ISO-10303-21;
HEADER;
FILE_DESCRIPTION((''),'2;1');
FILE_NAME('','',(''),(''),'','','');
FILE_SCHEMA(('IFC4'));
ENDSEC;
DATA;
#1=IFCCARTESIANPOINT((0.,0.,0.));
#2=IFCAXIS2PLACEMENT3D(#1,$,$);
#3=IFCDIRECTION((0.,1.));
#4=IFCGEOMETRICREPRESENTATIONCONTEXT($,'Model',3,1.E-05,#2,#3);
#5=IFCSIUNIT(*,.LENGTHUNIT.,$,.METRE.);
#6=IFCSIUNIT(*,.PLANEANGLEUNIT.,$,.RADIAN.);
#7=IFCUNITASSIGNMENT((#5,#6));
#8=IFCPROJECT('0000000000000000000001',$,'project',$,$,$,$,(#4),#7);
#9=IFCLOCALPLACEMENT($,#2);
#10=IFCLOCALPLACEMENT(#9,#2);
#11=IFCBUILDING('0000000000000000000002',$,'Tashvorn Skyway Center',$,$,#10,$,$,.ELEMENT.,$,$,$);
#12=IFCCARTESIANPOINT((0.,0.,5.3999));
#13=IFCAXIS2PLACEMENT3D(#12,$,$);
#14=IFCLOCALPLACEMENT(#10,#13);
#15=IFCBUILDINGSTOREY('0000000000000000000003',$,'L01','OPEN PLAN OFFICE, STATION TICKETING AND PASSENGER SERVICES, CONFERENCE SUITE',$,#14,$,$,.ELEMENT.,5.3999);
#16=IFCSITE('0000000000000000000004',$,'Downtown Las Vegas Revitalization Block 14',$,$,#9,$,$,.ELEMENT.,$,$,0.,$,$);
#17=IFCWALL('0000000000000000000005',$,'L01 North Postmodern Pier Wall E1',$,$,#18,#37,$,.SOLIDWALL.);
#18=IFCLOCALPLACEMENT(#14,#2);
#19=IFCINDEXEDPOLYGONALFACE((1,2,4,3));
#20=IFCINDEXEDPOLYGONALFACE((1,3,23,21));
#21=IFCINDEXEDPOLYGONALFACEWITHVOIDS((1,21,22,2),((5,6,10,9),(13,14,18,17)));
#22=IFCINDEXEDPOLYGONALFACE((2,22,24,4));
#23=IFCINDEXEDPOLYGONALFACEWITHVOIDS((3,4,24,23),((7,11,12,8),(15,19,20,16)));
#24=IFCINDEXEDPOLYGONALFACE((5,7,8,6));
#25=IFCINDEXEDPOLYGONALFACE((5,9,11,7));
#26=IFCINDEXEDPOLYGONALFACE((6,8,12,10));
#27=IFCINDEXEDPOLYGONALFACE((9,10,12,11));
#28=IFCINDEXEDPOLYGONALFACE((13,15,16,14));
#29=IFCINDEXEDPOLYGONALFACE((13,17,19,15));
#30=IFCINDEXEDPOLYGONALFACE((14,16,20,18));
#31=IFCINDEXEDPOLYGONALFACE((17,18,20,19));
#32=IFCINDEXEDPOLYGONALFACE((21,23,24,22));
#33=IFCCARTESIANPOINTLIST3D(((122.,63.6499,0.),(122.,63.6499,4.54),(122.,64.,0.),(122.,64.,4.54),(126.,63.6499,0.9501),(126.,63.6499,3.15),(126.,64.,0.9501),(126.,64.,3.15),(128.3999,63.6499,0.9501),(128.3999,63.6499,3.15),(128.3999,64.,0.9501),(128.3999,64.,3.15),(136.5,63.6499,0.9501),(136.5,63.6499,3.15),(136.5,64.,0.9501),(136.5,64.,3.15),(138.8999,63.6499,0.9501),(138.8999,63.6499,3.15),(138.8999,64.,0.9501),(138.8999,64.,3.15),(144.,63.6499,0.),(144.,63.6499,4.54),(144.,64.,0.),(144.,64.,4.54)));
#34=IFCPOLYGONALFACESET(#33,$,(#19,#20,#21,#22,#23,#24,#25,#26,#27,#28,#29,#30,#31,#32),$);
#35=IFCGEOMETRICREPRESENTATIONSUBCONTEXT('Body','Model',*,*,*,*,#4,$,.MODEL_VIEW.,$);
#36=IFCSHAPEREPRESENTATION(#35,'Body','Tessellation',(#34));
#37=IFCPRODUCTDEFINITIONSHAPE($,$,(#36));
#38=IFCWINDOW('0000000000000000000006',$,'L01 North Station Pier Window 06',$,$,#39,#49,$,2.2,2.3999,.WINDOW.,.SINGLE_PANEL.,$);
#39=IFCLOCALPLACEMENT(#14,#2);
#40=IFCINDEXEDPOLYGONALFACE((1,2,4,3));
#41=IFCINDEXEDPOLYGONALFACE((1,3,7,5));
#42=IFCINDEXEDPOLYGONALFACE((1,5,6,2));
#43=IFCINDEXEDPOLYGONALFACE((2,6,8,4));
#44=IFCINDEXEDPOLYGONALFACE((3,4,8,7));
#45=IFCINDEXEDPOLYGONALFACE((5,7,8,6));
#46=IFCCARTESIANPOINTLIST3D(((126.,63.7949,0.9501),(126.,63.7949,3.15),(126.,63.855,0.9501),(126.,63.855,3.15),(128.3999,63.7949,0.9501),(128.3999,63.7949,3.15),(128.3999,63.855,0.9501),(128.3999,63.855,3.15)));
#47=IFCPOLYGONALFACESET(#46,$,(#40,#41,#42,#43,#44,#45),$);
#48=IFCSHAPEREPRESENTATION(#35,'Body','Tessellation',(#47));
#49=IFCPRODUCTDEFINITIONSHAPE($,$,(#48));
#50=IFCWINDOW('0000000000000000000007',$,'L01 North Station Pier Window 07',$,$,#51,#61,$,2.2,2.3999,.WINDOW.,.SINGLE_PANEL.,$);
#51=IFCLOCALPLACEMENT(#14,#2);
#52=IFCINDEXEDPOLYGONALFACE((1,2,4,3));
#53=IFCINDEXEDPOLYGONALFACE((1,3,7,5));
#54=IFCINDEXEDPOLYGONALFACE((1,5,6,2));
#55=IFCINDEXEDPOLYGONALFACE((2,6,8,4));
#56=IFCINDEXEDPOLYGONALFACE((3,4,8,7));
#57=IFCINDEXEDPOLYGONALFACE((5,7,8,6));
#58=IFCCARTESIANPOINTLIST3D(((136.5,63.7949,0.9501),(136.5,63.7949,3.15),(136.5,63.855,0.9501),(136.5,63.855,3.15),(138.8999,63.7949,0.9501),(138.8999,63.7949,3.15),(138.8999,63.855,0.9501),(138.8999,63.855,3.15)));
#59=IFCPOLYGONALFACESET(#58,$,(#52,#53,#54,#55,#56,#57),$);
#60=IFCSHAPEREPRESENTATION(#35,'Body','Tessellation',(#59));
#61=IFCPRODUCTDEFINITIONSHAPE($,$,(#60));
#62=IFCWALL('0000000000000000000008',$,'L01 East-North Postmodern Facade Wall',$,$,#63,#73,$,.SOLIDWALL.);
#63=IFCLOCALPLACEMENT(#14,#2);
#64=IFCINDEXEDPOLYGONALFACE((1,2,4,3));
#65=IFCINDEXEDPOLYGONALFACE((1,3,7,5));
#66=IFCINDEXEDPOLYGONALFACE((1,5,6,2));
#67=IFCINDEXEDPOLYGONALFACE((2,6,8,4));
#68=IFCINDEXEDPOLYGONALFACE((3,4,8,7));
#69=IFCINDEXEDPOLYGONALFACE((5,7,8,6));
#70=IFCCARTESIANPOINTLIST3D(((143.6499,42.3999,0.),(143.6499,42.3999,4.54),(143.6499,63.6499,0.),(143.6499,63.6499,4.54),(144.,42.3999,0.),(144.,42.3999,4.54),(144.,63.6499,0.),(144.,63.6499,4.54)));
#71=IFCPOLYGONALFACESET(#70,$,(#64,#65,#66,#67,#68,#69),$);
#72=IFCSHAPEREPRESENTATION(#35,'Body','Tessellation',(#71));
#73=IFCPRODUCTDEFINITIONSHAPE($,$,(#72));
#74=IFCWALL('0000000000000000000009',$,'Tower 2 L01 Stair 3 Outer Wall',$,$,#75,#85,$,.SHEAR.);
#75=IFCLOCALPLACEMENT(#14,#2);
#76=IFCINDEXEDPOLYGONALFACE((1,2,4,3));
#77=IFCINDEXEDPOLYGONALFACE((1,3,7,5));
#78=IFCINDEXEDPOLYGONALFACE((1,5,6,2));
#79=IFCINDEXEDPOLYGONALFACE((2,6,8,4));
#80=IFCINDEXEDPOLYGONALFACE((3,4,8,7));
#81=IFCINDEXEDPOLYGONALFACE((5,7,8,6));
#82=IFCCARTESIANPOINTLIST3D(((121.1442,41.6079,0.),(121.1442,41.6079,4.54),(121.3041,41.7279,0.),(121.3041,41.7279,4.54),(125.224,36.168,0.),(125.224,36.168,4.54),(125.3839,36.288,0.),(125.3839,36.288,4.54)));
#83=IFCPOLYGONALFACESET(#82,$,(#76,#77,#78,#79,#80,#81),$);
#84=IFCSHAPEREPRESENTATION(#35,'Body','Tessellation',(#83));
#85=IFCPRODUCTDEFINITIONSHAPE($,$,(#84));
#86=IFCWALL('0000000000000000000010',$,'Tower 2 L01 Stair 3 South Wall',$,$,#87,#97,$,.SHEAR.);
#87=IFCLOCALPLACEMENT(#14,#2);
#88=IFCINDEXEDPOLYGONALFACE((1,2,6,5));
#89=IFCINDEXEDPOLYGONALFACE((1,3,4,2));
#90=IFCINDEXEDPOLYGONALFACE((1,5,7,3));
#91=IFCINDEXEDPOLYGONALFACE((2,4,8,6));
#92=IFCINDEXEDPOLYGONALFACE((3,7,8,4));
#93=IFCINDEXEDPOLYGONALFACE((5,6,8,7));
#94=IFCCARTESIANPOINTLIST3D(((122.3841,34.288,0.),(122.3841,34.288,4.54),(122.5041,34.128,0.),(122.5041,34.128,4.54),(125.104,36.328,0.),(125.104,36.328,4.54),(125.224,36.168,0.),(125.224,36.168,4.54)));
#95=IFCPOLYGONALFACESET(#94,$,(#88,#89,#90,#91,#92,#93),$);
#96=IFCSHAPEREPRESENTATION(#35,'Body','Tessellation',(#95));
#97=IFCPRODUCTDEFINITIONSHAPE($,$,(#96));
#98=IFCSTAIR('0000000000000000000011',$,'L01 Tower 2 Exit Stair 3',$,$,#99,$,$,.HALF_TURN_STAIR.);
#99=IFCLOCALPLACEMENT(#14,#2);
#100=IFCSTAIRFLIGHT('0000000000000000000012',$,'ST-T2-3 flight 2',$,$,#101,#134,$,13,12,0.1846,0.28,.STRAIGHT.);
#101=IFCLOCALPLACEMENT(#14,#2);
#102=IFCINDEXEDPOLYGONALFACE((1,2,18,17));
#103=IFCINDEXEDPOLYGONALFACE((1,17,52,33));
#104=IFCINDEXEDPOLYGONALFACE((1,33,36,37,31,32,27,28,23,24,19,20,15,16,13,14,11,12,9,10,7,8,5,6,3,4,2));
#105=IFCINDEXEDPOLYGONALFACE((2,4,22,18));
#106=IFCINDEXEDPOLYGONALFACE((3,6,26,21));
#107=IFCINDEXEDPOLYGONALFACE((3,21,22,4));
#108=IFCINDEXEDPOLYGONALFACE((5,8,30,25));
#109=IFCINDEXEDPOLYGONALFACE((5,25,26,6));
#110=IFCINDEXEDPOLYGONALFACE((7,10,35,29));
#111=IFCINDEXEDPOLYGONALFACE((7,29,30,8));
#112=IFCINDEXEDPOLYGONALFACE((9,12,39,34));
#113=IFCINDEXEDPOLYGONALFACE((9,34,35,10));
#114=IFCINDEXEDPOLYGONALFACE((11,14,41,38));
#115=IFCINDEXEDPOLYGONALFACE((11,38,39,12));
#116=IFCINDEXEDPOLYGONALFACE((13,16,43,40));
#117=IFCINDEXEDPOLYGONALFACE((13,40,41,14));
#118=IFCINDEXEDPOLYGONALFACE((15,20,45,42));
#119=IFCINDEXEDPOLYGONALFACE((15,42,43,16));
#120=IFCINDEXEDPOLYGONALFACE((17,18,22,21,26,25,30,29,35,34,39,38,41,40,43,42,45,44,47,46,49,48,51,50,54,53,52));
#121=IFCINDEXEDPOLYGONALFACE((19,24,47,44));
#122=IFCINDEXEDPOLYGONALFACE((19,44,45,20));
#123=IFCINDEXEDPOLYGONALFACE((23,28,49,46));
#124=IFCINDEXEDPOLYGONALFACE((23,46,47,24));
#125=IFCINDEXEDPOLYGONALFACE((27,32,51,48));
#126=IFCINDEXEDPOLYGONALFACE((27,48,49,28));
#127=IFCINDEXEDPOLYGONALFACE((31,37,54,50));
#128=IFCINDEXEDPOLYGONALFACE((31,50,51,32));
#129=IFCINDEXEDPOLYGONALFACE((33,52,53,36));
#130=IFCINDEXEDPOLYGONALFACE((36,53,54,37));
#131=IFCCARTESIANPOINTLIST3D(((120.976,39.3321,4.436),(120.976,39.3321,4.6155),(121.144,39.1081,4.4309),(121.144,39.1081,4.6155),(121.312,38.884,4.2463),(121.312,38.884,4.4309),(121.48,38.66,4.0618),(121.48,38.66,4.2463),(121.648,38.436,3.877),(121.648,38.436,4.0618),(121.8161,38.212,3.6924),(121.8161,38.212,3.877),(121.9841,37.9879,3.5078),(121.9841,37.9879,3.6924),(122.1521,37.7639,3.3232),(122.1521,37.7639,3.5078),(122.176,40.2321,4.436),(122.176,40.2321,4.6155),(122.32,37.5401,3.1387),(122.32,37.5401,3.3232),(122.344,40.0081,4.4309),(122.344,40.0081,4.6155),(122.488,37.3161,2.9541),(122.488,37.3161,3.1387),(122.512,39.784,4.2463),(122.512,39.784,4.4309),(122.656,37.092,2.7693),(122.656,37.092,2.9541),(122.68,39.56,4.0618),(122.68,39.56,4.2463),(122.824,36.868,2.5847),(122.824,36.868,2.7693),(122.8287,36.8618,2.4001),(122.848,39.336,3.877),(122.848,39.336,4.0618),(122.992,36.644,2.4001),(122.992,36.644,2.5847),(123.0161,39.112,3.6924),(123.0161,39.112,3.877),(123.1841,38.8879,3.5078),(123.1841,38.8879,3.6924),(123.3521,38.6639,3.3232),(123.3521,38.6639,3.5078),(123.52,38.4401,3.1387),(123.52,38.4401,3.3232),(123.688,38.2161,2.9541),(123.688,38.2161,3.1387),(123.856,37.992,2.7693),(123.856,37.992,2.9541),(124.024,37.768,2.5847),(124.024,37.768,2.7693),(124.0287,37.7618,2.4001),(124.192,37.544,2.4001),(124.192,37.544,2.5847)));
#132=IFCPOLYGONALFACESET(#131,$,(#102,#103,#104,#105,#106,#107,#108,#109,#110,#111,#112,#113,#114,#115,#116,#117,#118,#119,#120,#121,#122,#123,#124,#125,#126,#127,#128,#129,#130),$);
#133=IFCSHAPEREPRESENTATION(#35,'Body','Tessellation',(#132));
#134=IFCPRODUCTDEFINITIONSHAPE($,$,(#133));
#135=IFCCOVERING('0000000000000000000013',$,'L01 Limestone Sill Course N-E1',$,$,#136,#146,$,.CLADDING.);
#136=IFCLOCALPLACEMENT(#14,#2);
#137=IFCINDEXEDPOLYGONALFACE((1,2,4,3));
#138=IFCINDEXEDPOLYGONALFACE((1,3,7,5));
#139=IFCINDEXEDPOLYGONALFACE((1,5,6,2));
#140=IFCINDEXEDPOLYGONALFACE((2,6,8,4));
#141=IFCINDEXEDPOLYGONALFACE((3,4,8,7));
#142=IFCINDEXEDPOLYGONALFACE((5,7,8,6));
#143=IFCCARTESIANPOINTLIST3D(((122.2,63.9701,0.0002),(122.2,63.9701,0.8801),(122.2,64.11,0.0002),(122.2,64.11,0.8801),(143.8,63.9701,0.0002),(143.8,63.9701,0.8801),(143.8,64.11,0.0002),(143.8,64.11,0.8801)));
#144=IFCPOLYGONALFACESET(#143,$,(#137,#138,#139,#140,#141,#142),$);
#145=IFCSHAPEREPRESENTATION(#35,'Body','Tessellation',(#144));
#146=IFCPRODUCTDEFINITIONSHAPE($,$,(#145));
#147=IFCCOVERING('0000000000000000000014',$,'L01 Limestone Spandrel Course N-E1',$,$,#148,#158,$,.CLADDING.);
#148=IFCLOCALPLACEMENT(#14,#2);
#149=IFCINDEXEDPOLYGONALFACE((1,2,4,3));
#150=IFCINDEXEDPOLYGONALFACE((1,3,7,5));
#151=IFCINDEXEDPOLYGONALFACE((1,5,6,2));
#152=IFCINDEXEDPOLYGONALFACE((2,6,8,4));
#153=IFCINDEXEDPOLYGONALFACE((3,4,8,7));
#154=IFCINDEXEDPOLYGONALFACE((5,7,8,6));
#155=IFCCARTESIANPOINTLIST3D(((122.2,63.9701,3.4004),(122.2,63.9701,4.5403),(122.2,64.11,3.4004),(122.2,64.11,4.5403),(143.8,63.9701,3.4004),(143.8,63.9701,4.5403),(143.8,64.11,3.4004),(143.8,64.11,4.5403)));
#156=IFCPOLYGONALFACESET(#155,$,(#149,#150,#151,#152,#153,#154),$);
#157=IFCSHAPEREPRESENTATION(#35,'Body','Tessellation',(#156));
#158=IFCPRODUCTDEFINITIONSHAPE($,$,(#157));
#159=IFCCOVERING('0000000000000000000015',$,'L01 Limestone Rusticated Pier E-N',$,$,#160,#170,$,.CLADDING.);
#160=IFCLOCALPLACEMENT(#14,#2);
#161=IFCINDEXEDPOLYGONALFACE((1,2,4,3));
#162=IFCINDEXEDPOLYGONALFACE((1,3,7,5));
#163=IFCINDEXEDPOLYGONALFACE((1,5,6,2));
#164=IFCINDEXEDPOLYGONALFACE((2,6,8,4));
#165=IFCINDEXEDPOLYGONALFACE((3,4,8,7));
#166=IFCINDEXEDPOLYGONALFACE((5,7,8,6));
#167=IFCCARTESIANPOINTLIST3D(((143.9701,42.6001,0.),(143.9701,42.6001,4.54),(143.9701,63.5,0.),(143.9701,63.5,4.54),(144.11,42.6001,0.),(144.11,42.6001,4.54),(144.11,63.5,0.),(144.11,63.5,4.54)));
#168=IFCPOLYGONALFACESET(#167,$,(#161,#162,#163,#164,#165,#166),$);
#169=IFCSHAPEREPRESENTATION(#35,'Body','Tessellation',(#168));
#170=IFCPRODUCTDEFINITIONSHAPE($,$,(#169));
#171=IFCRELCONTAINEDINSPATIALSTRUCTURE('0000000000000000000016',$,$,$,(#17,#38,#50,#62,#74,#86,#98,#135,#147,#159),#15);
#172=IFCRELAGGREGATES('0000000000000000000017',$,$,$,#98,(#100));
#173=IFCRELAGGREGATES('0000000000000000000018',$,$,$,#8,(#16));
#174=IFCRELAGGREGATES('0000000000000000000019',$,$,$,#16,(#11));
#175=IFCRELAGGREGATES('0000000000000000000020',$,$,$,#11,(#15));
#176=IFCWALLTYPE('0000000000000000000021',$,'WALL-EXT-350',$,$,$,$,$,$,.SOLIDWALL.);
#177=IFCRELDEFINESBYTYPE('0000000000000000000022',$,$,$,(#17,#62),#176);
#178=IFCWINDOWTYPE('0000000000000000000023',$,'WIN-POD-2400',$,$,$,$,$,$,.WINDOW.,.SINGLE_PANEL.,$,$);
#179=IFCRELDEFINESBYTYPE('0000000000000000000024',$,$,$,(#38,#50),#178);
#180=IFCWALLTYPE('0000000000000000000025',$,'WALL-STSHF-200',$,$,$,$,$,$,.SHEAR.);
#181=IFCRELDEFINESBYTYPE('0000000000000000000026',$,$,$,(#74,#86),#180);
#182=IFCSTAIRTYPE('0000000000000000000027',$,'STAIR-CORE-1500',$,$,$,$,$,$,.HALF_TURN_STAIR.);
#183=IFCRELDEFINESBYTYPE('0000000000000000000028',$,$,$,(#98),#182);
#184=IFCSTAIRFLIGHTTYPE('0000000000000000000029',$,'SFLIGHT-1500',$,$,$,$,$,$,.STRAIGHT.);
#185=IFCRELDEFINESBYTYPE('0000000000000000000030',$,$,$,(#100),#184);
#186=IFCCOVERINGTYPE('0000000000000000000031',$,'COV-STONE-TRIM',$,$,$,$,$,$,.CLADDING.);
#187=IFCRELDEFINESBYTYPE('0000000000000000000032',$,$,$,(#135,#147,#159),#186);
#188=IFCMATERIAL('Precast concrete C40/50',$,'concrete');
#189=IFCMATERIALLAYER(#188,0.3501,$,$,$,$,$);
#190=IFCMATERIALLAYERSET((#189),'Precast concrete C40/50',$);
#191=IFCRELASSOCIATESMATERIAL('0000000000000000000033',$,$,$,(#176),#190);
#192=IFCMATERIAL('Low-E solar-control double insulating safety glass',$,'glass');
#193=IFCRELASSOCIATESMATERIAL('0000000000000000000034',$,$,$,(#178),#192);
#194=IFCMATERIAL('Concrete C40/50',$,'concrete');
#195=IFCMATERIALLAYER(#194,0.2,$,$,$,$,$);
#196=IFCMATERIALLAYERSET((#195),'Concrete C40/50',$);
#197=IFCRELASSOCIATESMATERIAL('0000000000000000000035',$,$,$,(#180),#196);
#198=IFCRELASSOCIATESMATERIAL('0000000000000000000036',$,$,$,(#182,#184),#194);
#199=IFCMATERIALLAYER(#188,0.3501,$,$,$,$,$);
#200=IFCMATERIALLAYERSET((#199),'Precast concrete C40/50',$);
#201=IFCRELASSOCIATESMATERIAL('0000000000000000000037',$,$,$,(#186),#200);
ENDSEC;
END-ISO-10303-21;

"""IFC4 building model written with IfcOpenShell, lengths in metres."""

from ifc_helpers import new_model, si_unit, direction, frame, frame_2d, origin, origin_2d, place, context, subcontext, project, spatial, polyline, rectangle, outline, extrude, material, layer, layer_set, type_object, element, fill, aggregate, save


model = new_model("IFC4")

# Units and contexts
model_context = context("Model", 3, precision=1e-05, world=origin(), true_north=direction((0.0, 1.0)))
body_context = subcontext(model_context, "Body", "Model", "MODEL_VIEW")
ifc_project = project(units=[si_unit("LENGTHUNIT", "METRE"), si_unit("PLANEANGLEUNIT", "RADIAN")], contexts=[model_context])

# Site, building, storey
site_placement = place(None, origin())
site = spatial("IfcSite", under=ifc_project, at=site_placement, Name="Downtown Las Vegas Revitalization Block 14", CompositionType="ELEMENT", RefElevation=0.0)
building_placement = place(site_placement, origin())
building = spatial("IfcBuilding", under=site, at=building_placement, Name="Tashvorn Skyway Center", CompositionType="ELEMENT")
storey_placement = place(building_placement, frame((0.0, 0.0, 5.3999)))
storey = spatial("IfcBuildingStorey", under=building, at=storey_placement, Name="L01", Description="OPEN PLAN OFFICE, STATION TICKETING AND PASSENGER SERVICES, CONFERENCE SUITE", CompositionType="ELEMENT", Elevation=5.3999)

# Shared definitions
ifc_material_1 = material(Name="Precast concrete C40/50", Category="concrete")

# Shared definitions
ifc_material_2 = material(Name="Low-E solar-control double insulating safety glass", Category="glass")

# Wall, openings, windows
ifc_layer_1 = layer(ifc_material_1, 0.3501)
ifc_layer_set_1 = layer_set([ifc_layer_1], Name="Precast concrete C40/50")
wall_type_1 = type_object("IfcWallType", Name="WALL-EXT-350", PredefinedType="SOLIDWALL", material=ifc_layer_set_1)
wall_1_placement = place(storey_placement, frame((122.0, 63.825, 0.0), z_axis=(0.0, 0.0, 1.0), x_axis=(1.0, 0.0, 0.0)))
wall_1 = element("IfcWall", 1, at=wall_1_placement, inside=storey, type_object=wall_type_1, Name="L01 North Postmodern Pier Wall E1", PredefinedType="SOLIDWALL", context=body_context, shape_type="SweptSolid", body=[
    extrude(rectangle(XDim=22.0, YDim=0.3501, at=frame_2d((11.0, 0.0))), origin(), (0.0, 0.0, 1.0), 4.54),
])
opening_1_placement = place(wall_1_placement, frame((4.0, 0.0, 0.95)))
opening_1 = element("IfcOpeningElement", 2, at=opening_1_placement, cuts=wall_1, PredefinedType="OPENING", context=body_context, shape_type="SweptSolid", body=[
    extrude(rectangle(XDim=2.3999, YDim=2.2, at=frame_2d((1.2, 1.1001))), frame((0.0, 0.1851, 0.0), z_axis=(0.0, -1.0, 0.0), x_axis=(1.0, 0.0, 0.0)), (0.0, 0.0, 1.0), 0.3701),
])
opening_2_placement = place(wall_1_placement, frame((14.5, 0.0, 0.95)))
opening_2 = element("IfcOpeningElement", 3, at=opening_2_placement, cuts=wall_1, PredefinedType="OPENING", context=body_context, shape_type="SweptSolid", body=[
    extrude(rectangle(XDim=2.3999, YDim=2.2, at=frame_2d((1.2, 1.1001))), frame((0.0, 0.1851, 0.0), z_axis=(0.0, -1.0, 0.0), x_axis=(1.0, 0.0, 0.0)), (0.0, 0.0, 1.0), 0.3701),
])
window_type = type_object("IfcWindowType", Name="WIN-POD-2400", PartitioningType="SINGLE_PANEL", PredefinedType="WINDOW", material=ifc_material_2)
window_1_placement = place(opening_1_placement, origin())
window_1 = element("IfcWindow", 4, at=window_1_placement, inside=storey, type_object=window_type, Name="L01 North Station Pier Window 06", OverallHeight=2.2, OverallWidth=2.3999, PartitioningType="SINGLE_PANEL", PredefinedType="WINDOW", context=body_context, shape_type="SweptSolid", body=[
    extrude(rectangle(XDim=2.3999, YDim=2.2, at=frame_2d((1.2, 1.1001))), frame((0.0, 0.03, 0.0), z_axis=(0.0, -1.0, 0.0), x_axis=(1.0, 0.0, 0.0)), (0.0, 0.0, 1.0), 0.0601),
])
fill(opening_1, window_1)
window_2_placement = place(opening_2_placement, origin())
window_2 = element("IfcWindow", 5, at=window_2_placement, inside=storey, type_object=window_type, Name="L01 North Station Pier Window 07", OverallHeight=2.2, OverallWidth=2.3999, PartitioningType="SINGLE_PANEL", PredefinedType="WINDOW", context=body_context, shape_type="SweptSolid", body=[
    extrude(rectangle(XDim=2.3999, YDim=2.2, at=frame_2d((1.2, 1.1001))), frame((0.0, 0.03, 0.0), z_axis=(0.0, -1.0, 0.0), x_axis=(1.0, 0.0, 0.0)), (0.0, 0.0, 1.0), 0.0601),
])
fill(opening_2, window_2)

# Walls
wall_2_placement = place(storey_placement, frame((143.825, 63.6499, 0.0), z_axis=(0.0, 0.0, 1.0), x_axis=(0.0, -1.0, 0.0)))
element("IfcWall", 6, at=wall_2_placement, inside=storey, type_object=wall_type_1, Name="L01 East-North Postmodern Facade Wall", PredefinedType="SOLIDWALL", context=body_context, shape_type="SweptSolid", body=[
    extrude(rectangle(XDim=21.25, YDim=0.3501, at=frame_2d((10.625, 0.0))), origin(), (0.0, 0.0, 1.0), 4.54),
])
ifc_material_3 = material(Name="Concrete C40/50", Category="concrete")
ifc_layer_2 = layer(ifc_material_3, 0.2)
ifc_layer_set_2 = layer_set([ifc_layer_2], Name="Concrete C40/50")
wall_type_2 = type_object("IfcWallType", Name="WALL-STSHF-200", PredefinedType="SHEAR", material=ifc_layer_set_2)
wall_3_placement = place(storey_placement, frame((125.304, 36.228, 0.0), z_axis=(0.0, 0.0, 1.0), x_axis=(-0.599989, 0.800009, 0.0)))
element("IfcWall", 7, at=wall_3_placement, inside=storey, type_object=wall_type_2, Name="Tower 2 L01 Stair 3 Outer Wall", PredefinedType="SHEAR", context=body_context, shape_type="SweptSolid", body=[
    extrude(rectangle(XDim=6.7998, YDim=0.2, at=frame_2d((3.3999, 0.0))), origin(), (0.0, 0.0, 1.0), 4.54),
])
wall_4_placement = place(storey_placement, frame((122.4441, 34.208, 0.0), z_axis=(0.0, 0.0, 1.0), x_axis=(0.799991, 0.600011, 0.0)))
element("IfcWall", 8, at=wall_4_placement, inside=storey, type_object=wall_type_2, Name="Tower 2 L01 Stair 3 South Wall", PredefinedType="SHEAR", context=body_context, shape_type="SweptSolid", body=[
    extrude(rectangle(XDim=3.3999, YDim=0.2, at=frame_2d((1.7, 0.0))), origin(), (0.0, 0.0, 1.0), 4.54),
])

# Stair, stair flight
stair_type = type_object("IfcStairType", Name="STAIR-CORE-1500", PredefinedType="HALF_TURN_STAIR", material=ifc_material_3)
stair_placement = place(storey_placement, origin())
stair = element("IfcStair", 9, at=stair_placement, inside=storey, type_object=stair_type, Name="L01 Tower 2 Exit Stair 3", PredefinedType="HALF_TURN_STAIR")
stair_flight_type = type_object("IfcStairFlightType", Name="SFLIGHT-1500", PredefinedType="STRAIGHT", material=ifc_material_3)
stair_flight_placement = place(storey_placement, frame((123.592, 37.094, 2.4001), z_axis=(0.0, 0.0, 1.0), x_axis=(-0.6, 0.8, 0.0)))
stair_flight = element("IfcStairFlight", 10, at=stair_flight_placement, type_object=stair_flight_type, Name="ST-T2-3 flight 2", NumberOfRisers=13, NumberOfTreads=12, PredefinedType="STRAIGHT", RiserHeight=0.1846, TreadLength=0.28, context=body_context, shape_type="SweptSolid", body=[
    extrude(outline(polyline([(0.0, 0.0), (0.0, 0.1846), (0.28, 0.1846), (0.28, 0.3691), (0.5601, 0.3691), (0.5601, 0.554), (0.8401, 0.554), (0.8401, 0.7385), (1.1201, 0.7385), (1.1201, 0.9231), (1.3999, 0.9231), (1.3999, 1.1077), (1.6799, 1.1077), (1.6799, 1.2922), (1.96, 1.2922), (1.96, 1.4768), (2.24, 1.4768), (2.24, 1.6616), (2.52, 1.6616), (2.52, 1.8462), (2.8, 1.8462), (2.8, 2.0308), (3.0801, 2.0308), (3.0801, 2.2153), (3.3601, 2.2153), (3.3601, 2.3999), (3.3601, 2.0359), (0.2722, 0.0), (0.0, 0.0)])), frame((0.0, 0.75, 0.0), z_axis=(0.0, -1.0, 0.0), x_axis=(1.0, 0.0, 0.0)), (0.0, 0.0, 1.0), 1.5),
])
aggregate(stair, [stair_flight])

# Coverings
ifc_layer_3 = layer(ifc_material_1, 0.3501)
ifc_layer_set_3 = layer_set([ifc_layer_3], Name="Precast concrete C40/50")
covering_type = type_object("IfcCoveringType", Name="COV-STONE-TRIM", PredefinedType="CLADDING", material=ifc_layer_set_3)
covering_1_placement = place(storey_placement, frame((133.0, 64.04, 0.0002), z_axis=(0.0, 0.0, 1.0), x_axis=(1.0, 0.0, 0.0)))
element("IfcCovering", 11, at=covering_1_placement, inside=storey, type_object=covering_type, Name="L01 Limestone Sill Course N-E1", PredefinedType="CLADDING", context=body_context, shape_type="SweptSolid", body=[
    extrude(rectangle(XDim=21.6001, YDim=0.1399, at=origin_2d()), origin(), (0.0, 0.0, 1.0), 0.8799),
])
covering_2_placement = place(storey_placement, frame((133.0, 64.04, 3.4004), z_axis=(0.0, 0.0, 1.0), x_axis=(1.0, 0.0, 0.0)))
element("IfcCovering", 12, at=covering_2_placement, inside=storey, type_object=covering_type, Name="L01 Limestone Spandrel Course N-E1", PredefinedType="CLADDING", context=body_context, shape_type="SweptSolid", body=[
    extrude(rectangle(XDim=21.6001, YDim=0.1399, at=origin_2d()), origin(), (0.0, 0.0, 1.0), 1.1399),
])
covering_3_placement = place(storey_placement, frame((144.04, 53.05, 0.0), z_axis=(0.0, 0.0, 1.0), x_axis=(1.0, 0.0, 0.0)))
element("IfcCovering", 13, at=covering_3_placement, inside=storey, type_object=covering_type, Name="L01 Limestone Rusticated Pier E-N", PredefinedType="CLADDING", context=body_context, shape_type="SweptSolid", body=[
    extrude(rectangle(XDim=0.1399, YDim=20.8999, at=origin_2d()), origin(), (0.0, 0.0, 1.0), 4.54),
])

save(model, "model.ifc")
